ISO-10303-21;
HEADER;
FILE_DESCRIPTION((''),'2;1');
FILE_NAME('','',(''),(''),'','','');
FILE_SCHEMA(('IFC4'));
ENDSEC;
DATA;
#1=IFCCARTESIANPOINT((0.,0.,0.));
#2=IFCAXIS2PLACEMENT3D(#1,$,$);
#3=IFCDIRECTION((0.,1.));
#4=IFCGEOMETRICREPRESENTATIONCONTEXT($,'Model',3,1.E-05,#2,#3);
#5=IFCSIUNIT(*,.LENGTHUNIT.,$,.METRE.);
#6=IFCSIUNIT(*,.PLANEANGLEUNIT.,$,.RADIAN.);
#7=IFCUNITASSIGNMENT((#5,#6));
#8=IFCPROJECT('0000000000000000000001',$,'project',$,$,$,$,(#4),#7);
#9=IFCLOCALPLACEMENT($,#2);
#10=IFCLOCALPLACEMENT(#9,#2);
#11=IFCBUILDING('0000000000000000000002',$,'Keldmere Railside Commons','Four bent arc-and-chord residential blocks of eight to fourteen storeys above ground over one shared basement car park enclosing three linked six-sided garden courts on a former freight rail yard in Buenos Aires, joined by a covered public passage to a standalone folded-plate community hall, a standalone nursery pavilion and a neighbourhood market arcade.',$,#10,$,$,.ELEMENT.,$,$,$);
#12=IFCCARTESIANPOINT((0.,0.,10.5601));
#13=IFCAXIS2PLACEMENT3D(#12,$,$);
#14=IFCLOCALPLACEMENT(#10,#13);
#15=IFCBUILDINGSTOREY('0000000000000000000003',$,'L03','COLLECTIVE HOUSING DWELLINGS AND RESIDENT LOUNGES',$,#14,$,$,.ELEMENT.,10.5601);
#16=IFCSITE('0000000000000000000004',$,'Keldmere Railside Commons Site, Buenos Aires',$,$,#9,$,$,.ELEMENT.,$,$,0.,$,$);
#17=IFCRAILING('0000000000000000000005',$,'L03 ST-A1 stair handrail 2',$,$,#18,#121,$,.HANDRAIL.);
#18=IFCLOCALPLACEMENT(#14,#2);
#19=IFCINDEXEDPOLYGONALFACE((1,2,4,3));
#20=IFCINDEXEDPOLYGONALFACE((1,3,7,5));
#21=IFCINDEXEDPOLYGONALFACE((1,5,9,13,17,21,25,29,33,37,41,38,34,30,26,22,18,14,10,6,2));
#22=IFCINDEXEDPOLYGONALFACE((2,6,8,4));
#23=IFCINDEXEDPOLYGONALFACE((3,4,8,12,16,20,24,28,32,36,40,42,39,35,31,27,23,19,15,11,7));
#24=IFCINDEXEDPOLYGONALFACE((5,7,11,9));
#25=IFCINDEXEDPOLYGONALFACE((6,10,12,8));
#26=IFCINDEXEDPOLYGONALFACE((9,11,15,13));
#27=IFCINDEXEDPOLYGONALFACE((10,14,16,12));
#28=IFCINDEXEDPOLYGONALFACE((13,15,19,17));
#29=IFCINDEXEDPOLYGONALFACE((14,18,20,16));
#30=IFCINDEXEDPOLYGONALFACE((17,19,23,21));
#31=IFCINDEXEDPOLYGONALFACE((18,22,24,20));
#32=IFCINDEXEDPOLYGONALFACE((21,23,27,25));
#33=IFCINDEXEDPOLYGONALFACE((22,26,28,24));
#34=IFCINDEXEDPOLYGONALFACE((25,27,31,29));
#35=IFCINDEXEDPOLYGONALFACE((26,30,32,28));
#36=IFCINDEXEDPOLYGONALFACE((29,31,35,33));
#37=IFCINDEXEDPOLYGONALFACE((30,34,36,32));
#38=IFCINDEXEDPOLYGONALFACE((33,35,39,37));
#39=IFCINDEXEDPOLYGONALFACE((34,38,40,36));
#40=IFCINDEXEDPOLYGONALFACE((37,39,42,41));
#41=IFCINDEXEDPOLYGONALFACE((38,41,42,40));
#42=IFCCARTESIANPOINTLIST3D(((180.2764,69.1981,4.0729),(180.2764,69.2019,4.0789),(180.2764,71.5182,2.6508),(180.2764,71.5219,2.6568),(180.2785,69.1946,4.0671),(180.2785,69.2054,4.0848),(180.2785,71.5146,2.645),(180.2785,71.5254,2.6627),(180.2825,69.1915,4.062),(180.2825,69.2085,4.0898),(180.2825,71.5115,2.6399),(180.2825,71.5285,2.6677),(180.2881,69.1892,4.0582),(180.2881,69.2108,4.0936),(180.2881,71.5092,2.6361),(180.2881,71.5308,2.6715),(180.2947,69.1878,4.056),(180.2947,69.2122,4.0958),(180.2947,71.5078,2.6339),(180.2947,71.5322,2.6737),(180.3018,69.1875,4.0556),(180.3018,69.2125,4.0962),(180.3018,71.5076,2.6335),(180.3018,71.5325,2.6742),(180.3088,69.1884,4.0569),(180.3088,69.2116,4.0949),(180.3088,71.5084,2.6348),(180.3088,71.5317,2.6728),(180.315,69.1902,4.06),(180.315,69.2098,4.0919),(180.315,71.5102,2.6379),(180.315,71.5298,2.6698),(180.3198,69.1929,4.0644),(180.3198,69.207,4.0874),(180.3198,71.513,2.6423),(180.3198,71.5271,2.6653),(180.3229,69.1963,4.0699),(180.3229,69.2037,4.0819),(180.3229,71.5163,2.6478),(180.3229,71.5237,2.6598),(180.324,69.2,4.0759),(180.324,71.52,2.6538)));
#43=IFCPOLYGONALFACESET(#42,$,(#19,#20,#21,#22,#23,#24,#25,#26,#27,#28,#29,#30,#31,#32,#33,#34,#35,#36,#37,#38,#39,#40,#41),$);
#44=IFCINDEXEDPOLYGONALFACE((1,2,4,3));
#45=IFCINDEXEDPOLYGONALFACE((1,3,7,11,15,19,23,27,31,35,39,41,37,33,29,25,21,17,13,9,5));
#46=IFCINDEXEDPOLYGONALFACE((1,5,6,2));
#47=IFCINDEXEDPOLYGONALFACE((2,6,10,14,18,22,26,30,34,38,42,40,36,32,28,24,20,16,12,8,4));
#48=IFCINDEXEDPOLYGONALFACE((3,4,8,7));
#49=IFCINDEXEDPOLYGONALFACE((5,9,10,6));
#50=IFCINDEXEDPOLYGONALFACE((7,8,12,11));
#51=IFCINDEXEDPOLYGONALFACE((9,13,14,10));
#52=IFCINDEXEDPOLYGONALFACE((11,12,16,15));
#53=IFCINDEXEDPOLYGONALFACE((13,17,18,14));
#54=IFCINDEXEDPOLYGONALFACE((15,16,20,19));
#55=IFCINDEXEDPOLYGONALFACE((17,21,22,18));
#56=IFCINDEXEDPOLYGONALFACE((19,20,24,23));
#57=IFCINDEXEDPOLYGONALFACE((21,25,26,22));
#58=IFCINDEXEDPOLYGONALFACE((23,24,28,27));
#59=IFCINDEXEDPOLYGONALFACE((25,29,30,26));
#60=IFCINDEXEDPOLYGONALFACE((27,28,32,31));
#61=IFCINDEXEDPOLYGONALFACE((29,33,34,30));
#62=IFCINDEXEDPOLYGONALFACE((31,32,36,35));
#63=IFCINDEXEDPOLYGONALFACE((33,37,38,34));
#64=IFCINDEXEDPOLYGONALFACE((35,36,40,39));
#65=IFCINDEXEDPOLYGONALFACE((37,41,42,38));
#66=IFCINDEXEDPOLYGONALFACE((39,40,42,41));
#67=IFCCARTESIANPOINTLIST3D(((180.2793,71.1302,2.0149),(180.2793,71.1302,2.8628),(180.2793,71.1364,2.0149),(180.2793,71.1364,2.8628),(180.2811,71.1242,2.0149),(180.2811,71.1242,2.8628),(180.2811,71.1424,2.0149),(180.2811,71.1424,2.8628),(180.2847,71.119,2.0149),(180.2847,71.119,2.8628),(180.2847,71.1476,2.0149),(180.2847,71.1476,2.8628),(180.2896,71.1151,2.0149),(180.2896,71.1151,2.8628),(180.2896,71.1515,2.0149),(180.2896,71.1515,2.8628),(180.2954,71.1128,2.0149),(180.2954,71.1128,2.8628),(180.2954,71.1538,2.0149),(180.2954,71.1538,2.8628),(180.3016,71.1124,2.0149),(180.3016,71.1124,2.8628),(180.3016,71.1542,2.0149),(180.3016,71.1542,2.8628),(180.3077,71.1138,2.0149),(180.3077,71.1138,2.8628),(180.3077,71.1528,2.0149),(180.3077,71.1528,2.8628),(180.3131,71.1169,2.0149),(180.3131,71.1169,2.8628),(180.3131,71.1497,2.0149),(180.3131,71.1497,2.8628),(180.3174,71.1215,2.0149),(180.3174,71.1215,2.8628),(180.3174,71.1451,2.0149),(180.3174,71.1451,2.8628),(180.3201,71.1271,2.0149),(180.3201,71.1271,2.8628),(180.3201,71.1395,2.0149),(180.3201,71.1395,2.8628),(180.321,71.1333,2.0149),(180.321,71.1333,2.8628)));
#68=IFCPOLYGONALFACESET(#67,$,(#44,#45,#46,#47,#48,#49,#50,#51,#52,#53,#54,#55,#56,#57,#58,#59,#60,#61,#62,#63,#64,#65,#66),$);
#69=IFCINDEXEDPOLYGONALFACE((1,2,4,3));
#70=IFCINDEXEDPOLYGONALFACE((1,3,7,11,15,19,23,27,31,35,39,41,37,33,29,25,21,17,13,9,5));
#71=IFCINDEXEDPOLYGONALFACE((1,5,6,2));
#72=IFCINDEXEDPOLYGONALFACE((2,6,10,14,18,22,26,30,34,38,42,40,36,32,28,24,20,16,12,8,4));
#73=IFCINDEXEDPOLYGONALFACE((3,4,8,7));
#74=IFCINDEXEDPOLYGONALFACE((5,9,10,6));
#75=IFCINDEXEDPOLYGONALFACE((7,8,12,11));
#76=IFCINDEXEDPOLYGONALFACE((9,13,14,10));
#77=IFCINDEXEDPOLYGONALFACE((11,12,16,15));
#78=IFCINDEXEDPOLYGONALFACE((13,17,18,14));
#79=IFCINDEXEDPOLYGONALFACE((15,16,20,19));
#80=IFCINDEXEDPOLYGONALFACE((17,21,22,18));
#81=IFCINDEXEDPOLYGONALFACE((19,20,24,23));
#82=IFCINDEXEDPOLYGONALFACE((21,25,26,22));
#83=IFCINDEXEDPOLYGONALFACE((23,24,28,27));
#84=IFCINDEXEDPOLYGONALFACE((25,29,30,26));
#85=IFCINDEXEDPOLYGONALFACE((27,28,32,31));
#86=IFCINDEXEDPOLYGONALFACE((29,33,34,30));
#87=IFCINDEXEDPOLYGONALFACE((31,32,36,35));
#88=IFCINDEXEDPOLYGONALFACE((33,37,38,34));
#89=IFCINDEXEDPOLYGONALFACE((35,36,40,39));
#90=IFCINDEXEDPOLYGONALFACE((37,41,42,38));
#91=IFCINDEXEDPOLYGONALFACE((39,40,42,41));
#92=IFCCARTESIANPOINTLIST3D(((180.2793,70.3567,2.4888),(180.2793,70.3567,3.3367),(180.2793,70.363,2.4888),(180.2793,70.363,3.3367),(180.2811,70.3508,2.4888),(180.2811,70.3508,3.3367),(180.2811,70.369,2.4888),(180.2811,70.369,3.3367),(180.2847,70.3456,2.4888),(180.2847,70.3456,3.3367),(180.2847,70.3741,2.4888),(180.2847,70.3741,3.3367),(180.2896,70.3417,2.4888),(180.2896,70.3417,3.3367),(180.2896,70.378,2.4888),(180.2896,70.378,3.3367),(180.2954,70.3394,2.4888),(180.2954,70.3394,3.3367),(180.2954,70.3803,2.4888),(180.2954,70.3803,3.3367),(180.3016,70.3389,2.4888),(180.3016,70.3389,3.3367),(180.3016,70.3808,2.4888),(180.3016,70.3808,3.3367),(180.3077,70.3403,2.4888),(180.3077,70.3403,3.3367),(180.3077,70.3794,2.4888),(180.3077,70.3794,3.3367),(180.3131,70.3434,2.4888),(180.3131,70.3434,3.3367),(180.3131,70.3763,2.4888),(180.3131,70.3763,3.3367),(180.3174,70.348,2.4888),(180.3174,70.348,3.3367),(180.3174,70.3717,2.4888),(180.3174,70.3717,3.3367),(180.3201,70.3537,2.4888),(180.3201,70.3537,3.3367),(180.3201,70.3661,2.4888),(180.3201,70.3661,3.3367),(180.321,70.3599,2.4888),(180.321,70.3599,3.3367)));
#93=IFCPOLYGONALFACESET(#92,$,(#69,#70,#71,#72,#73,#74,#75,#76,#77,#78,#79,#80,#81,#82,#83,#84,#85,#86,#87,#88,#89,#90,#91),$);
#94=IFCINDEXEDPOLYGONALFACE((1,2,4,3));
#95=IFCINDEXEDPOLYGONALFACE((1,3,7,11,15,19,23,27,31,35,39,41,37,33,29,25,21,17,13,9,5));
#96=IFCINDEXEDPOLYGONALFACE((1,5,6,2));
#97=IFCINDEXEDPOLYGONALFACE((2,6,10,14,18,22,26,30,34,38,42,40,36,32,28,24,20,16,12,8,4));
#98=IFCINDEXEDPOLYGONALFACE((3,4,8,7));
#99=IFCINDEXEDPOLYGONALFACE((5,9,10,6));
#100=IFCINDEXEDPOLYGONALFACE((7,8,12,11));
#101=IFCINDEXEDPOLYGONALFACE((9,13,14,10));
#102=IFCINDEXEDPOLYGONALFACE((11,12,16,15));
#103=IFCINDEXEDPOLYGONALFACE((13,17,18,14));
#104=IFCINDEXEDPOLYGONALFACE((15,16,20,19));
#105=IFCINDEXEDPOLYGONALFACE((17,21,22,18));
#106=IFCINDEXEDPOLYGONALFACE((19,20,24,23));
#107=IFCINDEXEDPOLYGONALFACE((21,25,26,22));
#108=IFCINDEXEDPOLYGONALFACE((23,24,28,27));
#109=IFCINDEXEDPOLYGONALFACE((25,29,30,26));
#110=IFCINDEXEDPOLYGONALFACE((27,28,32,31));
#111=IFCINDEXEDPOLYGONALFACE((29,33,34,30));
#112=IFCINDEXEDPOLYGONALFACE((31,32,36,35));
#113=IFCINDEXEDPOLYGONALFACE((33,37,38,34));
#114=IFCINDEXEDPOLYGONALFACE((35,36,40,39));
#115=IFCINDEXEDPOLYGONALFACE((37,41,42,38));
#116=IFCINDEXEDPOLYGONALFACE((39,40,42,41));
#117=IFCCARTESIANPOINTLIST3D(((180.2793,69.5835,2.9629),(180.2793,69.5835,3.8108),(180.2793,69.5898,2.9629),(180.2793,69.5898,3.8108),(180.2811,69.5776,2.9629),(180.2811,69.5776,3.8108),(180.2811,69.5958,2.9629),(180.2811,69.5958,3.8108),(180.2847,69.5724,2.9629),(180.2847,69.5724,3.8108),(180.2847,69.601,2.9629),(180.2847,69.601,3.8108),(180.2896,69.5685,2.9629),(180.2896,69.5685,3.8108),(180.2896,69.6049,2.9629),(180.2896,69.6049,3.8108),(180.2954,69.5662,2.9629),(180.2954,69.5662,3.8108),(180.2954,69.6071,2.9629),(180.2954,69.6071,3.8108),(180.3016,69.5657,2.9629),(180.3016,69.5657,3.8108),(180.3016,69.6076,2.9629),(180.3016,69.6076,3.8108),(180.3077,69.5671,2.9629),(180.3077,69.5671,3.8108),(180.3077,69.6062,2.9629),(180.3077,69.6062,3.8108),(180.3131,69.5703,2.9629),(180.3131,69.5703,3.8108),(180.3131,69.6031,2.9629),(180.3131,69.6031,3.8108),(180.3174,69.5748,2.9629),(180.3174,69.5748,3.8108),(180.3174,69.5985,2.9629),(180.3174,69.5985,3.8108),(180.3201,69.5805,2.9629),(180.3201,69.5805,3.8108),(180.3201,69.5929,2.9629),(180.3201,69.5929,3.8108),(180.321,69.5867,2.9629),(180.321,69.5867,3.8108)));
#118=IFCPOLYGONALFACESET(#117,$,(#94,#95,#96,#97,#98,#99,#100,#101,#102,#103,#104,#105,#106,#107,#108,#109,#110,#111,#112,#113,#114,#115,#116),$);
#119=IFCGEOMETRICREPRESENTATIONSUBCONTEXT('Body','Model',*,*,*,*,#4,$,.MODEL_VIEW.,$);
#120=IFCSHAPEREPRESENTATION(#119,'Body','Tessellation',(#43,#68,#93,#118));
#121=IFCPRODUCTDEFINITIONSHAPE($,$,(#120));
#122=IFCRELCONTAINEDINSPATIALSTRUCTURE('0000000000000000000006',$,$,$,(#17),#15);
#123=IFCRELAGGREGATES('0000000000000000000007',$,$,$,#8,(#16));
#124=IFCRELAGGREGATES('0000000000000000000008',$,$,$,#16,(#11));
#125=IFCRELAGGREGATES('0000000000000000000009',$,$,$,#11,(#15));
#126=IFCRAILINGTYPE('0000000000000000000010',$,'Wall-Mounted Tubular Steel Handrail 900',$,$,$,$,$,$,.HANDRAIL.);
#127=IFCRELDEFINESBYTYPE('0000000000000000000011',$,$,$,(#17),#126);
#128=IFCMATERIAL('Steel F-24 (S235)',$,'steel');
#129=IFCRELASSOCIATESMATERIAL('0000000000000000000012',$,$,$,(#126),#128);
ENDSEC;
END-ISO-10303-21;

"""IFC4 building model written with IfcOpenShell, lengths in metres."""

from ifc_helpers import new_model, si_unit, direction, frame, origin, origin_2d, place, context, subcontext, project, spatial, circle, extrude, material, type_object, element, save


model = new_model("IFC4")

# Units and contexts
model_context = context("Model", 3, precision=1e-05, world=origin(), true_north=direction((0.0, 1.0)))
body_context = subcontext(model_context, "Body", "Model", "MODEL_VIEW")
ifc_project = project(units=[si_unit("LENGTHUNIT", "METRE"), si_unit("PLANEANGLEUNIT", "RADIAN")], contexts=[model_context])

# Site, building, storey
site_placement = place(None, origin())
site = spatial("IfcSite", under=ifc_project, at=site_placement, Name="Keldmere Railside Commons Site, Buenos Aires", CompositionType="ELEMENT", RefElevation=0.0)
building_placement = place(site_placement, origin())
building = spatial("IfcBuilding", under=site, at=building_placement, Name="Keldmere Railside Commons", Description="Four bent arc-and-chord residential blocks of eight to fourteen storeys above ground over one shared basement car park enclosing three linked six-sided garden courts on a former freight rail yard in Buenos Aires, joined by a covered public passage to a standalone folded-plate community hall, a standalone nursery pavilion and a neighbourhood market arcade.", CompositionType="ELEMENT")
storey_placement = place(building_placement, frame((0.0, 0.0, 10.5601)))
storey = spatial("IfcBuildingStorey", under=building, at=storey_placement, Name="L03", Description="COLLECTIVE HOUSING DWELLINGS AND RESIDENT LOUNGES", CompositionType="ELEMENT", Elevation=10.5601)

# Railing
ifc_material_1 = material(Name="Steel F-24 (S235)", Category="steel")
railing_type_1 = type_object("IfcRailingType", Name="Wall-Mounted Tubular Steel Handrail 900", PredefinedType="HANDRAIL", material=ifc_material_1)
railing_1_placement = place(storey_placement, frame((180.3, 71.52, 1.7778)))
element("IfcRailing", 1, at=railing_1_placement, inside=storey, type_object=railing_type_1, Name="L03 ST-A1 stair handrail 2", PredefinedType="HANDRAIL", context=body_context, shape_type="SweptSolid", body=[
    extrude(circle(Radius=0.0239, at=origin_2d()), frame((0.0, 0.0, 0.876), z_axis=(0.0, -0.852578, 0.5226), x_axis=(1.0, 0.0, 0.0)), (0.0, 0.0, 1.0), 2.7212),
    extrude(circle(Radius=0.021, at=origin_2d()), frame((0.0, -0.3867, 0.2371)), (0.0, 0.0, 1.0), 0.8479),
    extrude(circle(Radius=0.021, at=origin_2d()), frame((0.0, -1.1602, 0.7109)), (0.0, 0.0, 1.0), 0.8479),
    extrude(circle(Radius=0.021, at=origin_2d()), frame((0.0, -1.9333, 1.1851)), (0.0, 0.0, 1.0), 0.8479),
])

save(model, "model.ifc")
